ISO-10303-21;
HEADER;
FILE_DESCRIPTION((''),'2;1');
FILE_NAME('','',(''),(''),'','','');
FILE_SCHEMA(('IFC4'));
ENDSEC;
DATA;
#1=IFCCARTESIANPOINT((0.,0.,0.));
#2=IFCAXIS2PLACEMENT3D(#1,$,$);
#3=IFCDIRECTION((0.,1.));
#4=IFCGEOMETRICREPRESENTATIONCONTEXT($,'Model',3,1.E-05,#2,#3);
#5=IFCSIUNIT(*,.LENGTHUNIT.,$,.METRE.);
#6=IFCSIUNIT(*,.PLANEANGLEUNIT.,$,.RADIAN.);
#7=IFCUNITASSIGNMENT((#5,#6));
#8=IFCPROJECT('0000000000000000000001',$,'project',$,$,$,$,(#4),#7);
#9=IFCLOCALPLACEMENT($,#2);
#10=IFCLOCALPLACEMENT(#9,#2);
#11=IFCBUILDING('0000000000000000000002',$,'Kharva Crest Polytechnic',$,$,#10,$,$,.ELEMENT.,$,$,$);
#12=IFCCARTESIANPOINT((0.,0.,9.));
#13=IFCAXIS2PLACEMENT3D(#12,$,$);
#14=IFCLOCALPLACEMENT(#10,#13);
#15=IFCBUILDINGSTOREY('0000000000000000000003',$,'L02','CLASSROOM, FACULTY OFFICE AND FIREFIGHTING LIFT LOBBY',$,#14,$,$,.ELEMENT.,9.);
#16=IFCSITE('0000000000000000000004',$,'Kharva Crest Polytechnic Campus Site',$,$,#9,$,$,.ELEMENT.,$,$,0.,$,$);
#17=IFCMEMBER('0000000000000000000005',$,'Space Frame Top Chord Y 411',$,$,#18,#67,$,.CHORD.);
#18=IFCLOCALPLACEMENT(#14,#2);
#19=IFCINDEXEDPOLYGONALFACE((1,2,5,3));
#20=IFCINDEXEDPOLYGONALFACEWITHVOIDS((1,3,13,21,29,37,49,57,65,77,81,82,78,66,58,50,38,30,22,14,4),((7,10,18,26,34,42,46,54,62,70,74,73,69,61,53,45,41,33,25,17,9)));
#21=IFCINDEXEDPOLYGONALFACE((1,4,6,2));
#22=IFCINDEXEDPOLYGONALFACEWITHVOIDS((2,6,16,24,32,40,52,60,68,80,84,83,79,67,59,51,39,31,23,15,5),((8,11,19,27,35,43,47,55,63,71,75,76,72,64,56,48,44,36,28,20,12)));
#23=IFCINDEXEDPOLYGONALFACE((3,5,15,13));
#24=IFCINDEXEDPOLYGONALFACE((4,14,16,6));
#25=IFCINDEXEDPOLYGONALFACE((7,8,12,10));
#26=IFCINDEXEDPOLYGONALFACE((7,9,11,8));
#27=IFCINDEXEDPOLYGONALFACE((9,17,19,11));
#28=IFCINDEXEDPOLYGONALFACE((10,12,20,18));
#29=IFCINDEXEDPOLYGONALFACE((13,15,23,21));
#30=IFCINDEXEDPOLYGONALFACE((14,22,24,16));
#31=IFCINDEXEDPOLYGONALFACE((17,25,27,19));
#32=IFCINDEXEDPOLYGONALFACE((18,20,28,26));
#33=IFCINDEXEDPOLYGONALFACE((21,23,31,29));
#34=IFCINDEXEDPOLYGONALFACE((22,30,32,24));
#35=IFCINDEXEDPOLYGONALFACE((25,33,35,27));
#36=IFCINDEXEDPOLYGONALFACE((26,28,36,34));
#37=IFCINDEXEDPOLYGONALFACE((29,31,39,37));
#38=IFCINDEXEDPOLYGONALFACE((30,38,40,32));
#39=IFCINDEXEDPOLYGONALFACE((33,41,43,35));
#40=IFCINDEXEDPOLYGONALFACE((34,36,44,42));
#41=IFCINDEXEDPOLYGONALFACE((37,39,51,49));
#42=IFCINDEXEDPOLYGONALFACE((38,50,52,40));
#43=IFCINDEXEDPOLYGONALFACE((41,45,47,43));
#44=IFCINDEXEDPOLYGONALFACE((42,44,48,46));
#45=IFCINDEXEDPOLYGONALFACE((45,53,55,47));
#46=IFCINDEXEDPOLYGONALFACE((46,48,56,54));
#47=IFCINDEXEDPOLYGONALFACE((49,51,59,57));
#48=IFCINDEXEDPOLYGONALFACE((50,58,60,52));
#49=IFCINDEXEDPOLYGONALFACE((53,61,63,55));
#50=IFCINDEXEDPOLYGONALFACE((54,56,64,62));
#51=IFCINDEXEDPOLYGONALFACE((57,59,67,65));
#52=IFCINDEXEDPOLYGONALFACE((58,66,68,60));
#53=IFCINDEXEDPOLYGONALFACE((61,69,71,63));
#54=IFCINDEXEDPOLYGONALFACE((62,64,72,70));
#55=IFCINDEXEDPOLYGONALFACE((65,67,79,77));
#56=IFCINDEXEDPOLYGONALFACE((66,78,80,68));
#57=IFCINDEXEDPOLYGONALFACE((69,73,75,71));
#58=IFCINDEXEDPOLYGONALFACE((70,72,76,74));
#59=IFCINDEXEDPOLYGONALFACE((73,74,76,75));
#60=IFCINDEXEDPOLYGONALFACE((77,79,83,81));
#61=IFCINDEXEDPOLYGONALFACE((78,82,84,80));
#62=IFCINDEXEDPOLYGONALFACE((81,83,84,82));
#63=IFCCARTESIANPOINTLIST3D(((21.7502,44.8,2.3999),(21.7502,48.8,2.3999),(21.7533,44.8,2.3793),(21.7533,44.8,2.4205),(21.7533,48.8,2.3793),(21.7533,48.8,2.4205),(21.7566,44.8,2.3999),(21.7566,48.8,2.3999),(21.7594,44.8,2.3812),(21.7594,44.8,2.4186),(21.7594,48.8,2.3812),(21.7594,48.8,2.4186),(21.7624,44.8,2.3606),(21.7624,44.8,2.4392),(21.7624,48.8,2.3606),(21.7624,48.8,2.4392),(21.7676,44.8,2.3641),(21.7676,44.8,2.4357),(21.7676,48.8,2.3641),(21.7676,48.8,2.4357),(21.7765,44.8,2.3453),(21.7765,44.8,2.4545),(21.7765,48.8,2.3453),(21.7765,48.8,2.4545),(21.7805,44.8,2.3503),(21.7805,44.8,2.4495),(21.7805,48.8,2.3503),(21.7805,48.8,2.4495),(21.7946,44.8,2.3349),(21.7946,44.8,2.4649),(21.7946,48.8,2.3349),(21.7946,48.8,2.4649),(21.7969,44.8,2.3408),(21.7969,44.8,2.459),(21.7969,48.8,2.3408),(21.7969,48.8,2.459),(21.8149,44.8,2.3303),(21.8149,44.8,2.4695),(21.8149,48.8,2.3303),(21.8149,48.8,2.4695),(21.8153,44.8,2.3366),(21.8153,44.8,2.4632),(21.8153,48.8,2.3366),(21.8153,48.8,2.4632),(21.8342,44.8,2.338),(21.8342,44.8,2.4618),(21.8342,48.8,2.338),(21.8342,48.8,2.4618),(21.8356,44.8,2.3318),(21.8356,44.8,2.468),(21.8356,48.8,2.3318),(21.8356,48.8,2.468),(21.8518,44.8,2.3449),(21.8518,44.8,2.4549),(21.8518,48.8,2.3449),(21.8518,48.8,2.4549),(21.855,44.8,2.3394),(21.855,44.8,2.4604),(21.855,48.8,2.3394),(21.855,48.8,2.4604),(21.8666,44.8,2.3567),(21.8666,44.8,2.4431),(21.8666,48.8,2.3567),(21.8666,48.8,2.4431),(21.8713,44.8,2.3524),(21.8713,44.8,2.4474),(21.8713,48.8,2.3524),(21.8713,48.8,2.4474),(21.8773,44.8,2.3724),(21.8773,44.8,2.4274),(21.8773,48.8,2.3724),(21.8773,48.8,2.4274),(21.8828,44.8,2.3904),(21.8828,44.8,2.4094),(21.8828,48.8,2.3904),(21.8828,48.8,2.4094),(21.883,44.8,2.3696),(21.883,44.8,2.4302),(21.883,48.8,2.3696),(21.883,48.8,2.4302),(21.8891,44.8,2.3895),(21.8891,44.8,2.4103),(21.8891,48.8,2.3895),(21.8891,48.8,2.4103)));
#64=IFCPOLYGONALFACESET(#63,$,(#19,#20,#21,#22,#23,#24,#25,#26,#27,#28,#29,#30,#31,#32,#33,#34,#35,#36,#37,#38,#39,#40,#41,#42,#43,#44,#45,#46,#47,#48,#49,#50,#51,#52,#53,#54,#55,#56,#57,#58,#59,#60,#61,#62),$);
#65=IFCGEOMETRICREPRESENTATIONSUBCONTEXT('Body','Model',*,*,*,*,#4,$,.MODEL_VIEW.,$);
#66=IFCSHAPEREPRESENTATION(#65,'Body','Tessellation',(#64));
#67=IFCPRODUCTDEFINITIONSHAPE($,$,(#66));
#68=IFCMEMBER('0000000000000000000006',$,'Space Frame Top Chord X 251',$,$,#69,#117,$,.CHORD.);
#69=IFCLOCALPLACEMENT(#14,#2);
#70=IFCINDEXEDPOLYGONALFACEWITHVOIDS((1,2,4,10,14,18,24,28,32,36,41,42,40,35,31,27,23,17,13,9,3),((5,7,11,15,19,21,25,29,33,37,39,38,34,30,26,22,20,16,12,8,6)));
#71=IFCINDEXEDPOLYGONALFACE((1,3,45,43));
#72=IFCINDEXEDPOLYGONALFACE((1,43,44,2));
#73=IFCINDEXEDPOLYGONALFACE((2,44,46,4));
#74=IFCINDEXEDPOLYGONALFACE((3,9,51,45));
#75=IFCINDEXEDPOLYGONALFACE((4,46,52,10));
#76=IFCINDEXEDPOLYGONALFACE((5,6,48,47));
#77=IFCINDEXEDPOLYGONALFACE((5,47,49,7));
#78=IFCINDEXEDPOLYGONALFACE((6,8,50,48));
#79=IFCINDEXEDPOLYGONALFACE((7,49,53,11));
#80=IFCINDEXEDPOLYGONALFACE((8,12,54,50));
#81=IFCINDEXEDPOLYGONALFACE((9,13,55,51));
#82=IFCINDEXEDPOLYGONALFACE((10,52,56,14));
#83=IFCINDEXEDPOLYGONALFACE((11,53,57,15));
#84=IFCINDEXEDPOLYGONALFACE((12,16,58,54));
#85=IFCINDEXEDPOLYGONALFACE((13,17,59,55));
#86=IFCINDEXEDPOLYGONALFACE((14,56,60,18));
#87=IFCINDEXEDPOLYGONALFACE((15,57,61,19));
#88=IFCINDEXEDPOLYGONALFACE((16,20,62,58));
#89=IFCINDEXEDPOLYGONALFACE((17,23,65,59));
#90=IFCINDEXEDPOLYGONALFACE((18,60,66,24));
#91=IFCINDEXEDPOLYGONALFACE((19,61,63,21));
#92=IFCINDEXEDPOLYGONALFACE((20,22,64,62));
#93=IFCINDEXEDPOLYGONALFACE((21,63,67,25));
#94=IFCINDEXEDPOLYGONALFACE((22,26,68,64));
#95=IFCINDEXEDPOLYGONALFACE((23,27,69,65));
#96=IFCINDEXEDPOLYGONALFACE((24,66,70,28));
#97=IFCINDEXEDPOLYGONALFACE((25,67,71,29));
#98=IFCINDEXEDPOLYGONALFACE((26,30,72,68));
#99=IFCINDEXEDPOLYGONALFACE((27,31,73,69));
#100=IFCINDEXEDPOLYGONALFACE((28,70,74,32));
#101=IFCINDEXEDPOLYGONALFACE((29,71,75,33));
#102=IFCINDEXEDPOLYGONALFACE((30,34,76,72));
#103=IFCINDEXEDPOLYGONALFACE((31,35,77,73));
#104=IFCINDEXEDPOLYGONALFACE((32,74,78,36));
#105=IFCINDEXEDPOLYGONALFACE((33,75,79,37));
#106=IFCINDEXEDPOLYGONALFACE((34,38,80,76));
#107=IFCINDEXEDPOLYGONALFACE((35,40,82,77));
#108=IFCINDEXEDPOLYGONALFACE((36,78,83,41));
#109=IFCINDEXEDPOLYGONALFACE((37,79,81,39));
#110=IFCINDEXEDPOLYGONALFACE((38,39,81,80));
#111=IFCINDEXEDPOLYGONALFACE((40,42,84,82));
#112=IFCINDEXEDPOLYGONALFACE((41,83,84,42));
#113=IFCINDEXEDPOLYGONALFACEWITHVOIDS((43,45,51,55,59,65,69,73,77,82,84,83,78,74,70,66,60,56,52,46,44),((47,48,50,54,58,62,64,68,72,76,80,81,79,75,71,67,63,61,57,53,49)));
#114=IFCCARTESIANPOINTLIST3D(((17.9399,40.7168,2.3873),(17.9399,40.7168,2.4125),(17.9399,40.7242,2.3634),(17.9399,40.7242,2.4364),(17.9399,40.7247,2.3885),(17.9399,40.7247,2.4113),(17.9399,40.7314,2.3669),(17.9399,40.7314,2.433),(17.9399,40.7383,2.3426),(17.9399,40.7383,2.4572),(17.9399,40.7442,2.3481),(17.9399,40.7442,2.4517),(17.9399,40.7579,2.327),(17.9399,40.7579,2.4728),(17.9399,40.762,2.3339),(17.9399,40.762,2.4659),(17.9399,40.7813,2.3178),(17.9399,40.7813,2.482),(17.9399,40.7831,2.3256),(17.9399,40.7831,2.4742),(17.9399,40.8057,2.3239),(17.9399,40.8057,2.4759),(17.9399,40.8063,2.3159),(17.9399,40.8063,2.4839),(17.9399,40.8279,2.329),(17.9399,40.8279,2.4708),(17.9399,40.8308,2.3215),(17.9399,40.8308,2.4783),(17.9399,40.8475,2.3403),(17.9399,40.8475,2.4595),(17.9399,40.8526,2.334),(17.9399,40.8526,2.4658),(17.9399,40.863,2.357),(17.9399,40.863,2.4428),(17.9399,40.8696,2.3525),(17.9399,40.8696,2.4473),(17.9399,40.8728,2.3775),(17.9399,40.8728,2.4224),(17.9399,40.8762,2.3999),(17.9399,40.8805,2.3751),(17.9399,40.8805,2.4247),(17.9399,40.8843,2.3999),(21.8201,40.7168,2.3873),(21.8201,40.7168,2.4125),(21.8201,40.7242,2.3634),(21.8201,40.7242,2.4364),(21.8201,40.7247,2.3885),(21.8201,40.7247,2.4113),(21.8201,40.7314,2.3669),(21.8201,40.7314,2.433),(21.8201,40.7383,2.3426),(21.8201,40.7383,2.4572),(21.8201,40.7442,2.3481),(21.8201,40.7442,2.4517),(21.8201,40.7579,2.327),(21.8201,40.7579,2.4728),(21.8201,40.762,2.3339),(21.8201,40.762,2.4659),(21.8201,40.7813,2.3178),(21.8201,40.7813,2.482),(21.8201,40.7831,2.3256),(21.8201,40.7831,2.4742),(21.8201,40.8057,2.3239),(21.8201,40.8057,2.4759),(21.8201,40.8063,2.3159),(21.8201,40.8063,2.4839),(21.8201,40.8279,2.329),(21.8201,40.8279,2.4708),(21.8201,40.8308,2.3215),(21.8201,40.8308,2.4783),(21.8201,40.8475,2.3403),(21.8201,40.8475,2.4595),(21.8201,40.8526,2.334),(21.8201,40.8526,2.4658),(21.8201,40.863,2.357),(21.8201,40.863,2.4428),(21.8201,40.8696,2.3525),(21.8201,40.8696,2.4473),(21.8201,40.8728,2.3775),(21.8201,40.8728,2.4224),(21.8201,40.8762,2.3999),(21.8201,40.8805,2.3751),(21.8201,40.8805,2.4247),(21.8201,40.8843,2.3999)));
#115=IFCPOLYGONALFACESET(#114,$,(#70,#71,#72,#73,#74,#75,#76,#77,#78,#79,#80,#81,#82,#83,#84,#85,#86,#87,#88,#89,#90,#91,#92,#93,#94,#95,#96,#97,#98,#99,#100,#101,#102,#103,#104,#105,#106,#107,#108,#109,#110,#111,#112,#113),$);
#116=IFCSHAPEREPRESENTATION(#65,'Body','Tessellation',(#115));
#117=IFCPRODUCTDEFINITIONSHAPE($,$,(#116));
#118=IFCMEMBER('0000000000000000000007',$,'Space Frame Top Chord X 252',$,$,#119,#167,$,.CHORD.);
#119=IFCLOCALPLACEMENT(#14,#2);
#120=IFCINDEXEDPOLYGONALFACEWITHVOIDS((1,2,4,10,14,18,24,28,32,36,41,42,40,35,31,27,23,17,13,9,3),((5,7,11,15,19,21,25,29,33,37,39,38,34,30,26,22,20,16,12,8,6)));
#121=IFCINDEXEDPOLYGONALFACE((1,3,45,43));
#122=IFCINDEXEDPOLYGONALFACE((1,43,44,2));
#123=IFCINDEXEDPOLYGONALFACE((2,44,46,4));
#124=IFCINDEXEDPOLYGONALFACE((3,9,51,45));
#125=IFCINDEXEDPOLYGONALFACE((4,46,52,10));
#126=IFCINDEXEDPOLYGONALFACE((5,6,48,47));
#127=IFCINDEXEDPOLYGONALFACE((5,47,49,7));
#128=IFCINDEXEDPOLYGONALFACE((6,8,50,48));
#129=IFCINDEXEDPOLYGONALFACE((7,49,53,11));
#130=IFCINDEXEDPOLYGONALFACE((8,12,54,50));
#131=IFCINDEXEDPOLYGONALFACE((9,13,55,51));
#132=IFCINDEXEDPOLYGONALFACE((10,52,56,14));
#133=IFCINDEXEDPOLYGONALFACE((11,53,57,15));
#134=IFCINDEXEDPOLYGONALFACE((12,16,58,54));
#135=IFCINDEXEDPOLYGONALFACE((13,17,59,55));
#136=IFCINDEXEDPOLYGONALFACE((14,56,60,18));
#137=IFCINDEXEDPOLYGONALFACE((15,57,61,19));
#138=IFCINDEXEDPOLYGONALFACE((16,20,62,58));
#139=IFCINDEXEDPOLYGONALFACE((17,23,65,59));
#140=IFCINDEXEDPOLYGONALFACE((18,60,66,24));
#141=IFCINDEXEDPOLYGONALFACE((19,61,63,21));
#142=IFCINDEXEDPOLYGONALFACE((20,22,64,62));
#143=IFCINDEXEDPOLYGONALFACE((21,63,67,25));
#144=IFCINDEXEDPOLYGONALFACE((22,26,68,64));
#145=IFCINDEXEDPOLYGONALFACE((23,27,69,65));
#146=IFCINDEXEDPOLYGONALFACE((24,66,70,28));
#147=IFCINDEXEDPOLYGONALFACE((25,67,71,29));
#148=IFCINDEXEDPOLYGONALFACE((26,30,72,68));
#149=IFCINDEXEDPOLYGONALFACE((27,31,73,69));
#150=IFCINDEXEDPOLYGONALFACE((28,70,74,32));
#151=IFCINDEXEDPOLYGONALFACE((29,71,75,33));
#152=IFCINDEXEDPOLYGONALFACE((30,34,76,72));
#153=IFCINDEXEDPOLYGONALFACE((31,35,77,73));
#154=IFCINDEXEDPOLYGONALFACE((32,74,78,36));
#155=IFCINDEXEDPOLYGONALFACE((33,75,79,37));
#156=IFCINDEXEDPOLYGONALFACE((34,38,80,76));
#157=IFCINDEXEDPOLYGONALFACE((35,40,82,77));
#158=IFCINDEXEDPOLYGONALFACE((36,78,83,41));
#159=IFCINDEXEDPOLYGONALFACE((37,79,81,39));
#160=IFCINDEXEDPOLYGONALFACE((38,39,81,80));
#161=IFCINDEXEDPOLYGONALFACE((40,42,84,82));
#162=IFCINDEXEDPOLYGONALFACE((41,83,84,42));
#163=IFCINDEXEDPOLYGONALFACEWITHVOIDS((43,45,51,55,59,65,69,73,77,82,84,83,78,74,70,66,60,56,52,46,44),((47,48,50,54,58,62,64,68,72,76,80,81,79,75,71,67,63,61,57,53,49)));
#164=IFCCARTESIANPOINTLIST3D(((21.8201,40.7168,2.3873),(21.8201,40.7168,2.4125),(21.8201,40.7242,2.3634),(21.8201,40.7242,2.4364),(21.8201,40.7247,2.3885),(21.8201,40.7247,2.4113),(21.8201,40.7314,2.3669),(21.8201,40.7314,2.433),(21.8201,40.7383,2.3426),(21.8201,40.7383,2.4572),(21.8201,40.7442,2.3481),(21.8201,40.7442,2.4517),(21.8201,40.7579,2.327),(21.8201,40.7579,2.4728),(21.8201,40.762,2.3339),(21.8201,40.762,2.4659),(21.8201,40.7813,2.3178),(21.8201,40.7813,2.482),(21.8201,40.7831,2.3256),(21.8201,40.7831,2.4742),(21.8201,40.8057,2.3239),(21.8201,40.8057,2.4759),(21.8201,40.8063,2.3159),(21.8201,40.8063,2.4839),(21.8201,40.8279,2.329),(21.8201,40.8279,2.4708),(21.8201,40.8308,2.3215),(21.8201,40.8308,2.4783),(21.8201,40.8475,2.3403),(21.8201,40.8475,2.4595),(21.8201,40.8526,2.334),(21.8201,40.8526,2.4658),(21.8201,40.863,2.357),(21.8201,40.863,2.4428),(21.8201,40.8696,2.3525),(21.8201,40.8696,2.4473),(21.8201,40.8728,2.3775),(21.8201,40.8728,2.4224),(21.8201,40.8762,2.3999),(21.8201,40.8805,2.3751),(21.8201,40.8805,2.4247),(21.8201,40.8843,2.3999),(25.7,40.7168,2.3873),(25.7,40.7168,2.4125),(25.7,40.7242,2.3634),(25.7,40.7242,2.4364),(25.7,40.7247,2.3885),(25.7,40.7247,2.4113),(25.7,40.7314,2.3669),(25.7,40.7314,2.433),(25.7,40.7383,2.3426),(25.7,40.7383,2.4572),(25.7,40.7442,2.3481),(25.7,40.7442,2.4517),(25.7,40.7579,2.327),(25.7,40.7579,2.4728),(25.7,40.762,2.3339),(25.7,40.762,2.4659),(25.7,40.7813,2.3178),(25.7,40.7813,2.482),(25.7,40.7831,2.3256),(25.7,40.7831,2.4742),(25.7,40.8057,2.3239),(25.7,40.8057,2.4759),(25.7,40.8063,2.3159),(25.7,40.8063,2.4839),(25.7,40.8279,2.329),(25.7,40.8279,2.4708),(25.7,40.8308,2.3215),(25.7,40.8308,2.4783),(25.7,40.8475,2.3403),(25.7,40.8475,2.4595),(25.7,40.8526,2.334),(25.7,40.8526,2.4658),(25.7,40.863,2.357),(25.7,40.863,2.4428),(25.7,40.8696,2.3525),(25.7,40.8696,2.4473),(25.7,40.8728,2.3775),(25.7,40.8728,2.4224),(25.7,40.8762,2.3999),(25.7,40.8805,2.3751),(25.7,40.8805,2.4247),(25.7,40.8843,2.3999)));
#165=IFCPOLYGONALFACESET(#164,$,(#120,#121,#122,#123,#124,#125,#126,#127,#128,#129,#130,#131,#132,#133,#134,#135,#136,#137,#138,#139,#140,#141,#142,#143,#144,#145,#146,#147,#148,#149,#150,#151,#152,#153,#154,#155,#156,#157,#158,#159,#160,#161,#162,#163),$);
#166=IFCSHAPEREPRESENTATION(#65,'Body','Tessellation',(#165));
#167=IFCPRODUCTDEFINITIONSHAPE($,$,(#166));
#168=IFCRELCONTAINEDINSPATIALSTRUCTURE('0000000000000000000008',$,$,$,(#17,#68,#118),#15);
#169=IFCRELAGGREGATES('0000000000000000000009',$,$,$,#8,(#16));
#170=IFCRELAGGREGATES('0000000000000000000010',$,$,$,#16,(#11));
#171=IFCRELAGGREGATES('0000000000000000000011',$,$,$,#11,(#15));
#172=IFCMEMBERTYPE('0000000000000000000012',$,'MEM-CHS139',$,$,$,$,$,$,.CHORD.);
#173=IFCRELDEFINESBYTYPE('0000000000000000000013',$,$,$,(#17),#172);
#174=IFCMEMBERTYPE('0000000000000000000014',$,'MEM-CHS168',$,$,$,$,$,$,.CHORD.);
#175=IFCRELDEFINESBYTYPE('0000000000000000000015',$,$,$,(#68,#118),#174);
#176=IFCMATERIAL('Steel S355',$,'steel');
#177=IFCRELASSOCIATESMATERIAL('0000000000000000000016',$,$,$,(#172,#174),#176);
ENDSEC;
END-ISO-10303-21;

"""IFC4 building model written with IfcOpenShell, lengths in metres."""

from ifc_helpers import new_model, si_unit, direction, frame, origin, origin_2d, place, context, subcontext, project, spatial, hollow_circle, extrude, material, material_profile, profile_set, type_object, element, save


model = new_model("IFC4")

# Units and contexts
model_context = context("Model", 3, precision=1e-05, world=origin(), true_north=direction((0.0, 1.0)))
body_context = subcontext(model_context, "Body", "Model", "MODEL_VIEW")
ifc_project = project(units=[si_unit("LENGTHUNIT", "METRE"), si_unit("PLANEANGLEUNIT", "RADIAN")], contexts=[model_context])

# Site, building, storey
site_placement = place(None, origin())
site = spatial("IfcSite", under=ifc_project, at=site_placement, Name="Kharva Crest Polytechnic Campus Site", CompositionType="ELEMENT", RefElevation=0.0)
building_placement = place(site_placement, origin())
building = spatial("IfcBuilding", under=site, at=building_placement, Name="Kharva Crest Polytechnic", CompositionType="ELEMENT")
storey_placement = place(building_placement, frame((0.0, 0.0, 9.0)))
storey = spatial("IfcBuildingStorey", under=building, at=storey_placement, Name="L02", Description="CLASSROOM, FACULTY OFFICE AND FIREFIGHTING LIFT LOBBY", CompositionType="ELEMENT", Elevation=9.0)

# Members
ifc_material = material(Name="Steel S355", Category="steel")
ifc_material_profile_1 = material_profile(ifc_material, hollow_circle(Radius=0.0698, WallThickness=0.0063, at=origin_2d()), Name="CHS 139.7X6.3")
ifc_profile_set_1 = profile_set([ifc_material_profile_1], Name="Steel S355")
member_type_1 = type_object("IfcMemberType", Name="MEM-CHS139", PredefinedType="CHORD", material=ifc_profile_set_1)
for number, where, z_axis, x_axis, name in (
    (1, (21.8201, 44.8, 2.3999), (0.0, 1.0, 0.0), (-1.0, 0.0, 0.0), "Space Frame Top Chord Y 411"),
):
    element("IfcMember", number, at=place(storey_placement, frame(where, z_axis=z_axis, x_axis=x_axis)), inside=storey, type_object=member_type_1, Name=name, PredefinedType="CHORD", context=body_context, shape_type="SweptSolid", body=[
        extrude(hollow_circle(Radius=0.0698, WallThickness=0.0063, at=origin_2d()), origin(), (0.0, 0.0, 1.0), 4.0),
    ])
ifc_material_profile_2 = material_profile(ifc_material, hollow_circle(Radius=0.0842, WallThickness=0.0081, at=origin_2d()), Name="CHS 168.3X8.0")
ifc_profile_set_2 = profile_set([ifc_material_profile_2], Name="Steel S355")
member_type_2 = type_object("IfcMemberType", Name="MEM-CHS168", PredefinedType="CHORD", material=ifc_profile_set_2)
member_1_placement = place(storey_placement, frame((17.9399, 40.8, 2.3999), z_axis=(1.0, 0.0, 0.0), x_axis=(0.0, 1.0, 0.0)))
element("IfcMember", 2, at=member_1_placement, inside=storey, type_object=member_type_2, Name="Space Frame Top Chord X 251", PredefinedType="CHORD", context=body_context, shape_type="SweptSolid", body=[
    extrude(hollow_circle(Radius=0.0842, WallThickness=0.0081, at=origin_2d()), origin(), (0.0, 0.0, 1.0), 3.8801),
])
member_2_placement = place(storey_placement, frame((21.8201, 40.8, 2.3999), z_axis=(1.0, 0.0, 0.0), x_axis=(0.0, 1.0, 0.0)))
element("IfcMember", 3, at=member_2_placement, inside=storey, type_object=member_type_2, Name="Space Frame Top Chord X 252", PredefinedType="CHORD", context=body_context, shape_type="SweptSolid", body=[
    extrude(hollow_circle(Radius=0.0842, WallThickness=0.0081, at=origin_2d()), origin(), (0.0, 0.0, 1.0), 3.8799),
])

save(model, "model.ifc")
